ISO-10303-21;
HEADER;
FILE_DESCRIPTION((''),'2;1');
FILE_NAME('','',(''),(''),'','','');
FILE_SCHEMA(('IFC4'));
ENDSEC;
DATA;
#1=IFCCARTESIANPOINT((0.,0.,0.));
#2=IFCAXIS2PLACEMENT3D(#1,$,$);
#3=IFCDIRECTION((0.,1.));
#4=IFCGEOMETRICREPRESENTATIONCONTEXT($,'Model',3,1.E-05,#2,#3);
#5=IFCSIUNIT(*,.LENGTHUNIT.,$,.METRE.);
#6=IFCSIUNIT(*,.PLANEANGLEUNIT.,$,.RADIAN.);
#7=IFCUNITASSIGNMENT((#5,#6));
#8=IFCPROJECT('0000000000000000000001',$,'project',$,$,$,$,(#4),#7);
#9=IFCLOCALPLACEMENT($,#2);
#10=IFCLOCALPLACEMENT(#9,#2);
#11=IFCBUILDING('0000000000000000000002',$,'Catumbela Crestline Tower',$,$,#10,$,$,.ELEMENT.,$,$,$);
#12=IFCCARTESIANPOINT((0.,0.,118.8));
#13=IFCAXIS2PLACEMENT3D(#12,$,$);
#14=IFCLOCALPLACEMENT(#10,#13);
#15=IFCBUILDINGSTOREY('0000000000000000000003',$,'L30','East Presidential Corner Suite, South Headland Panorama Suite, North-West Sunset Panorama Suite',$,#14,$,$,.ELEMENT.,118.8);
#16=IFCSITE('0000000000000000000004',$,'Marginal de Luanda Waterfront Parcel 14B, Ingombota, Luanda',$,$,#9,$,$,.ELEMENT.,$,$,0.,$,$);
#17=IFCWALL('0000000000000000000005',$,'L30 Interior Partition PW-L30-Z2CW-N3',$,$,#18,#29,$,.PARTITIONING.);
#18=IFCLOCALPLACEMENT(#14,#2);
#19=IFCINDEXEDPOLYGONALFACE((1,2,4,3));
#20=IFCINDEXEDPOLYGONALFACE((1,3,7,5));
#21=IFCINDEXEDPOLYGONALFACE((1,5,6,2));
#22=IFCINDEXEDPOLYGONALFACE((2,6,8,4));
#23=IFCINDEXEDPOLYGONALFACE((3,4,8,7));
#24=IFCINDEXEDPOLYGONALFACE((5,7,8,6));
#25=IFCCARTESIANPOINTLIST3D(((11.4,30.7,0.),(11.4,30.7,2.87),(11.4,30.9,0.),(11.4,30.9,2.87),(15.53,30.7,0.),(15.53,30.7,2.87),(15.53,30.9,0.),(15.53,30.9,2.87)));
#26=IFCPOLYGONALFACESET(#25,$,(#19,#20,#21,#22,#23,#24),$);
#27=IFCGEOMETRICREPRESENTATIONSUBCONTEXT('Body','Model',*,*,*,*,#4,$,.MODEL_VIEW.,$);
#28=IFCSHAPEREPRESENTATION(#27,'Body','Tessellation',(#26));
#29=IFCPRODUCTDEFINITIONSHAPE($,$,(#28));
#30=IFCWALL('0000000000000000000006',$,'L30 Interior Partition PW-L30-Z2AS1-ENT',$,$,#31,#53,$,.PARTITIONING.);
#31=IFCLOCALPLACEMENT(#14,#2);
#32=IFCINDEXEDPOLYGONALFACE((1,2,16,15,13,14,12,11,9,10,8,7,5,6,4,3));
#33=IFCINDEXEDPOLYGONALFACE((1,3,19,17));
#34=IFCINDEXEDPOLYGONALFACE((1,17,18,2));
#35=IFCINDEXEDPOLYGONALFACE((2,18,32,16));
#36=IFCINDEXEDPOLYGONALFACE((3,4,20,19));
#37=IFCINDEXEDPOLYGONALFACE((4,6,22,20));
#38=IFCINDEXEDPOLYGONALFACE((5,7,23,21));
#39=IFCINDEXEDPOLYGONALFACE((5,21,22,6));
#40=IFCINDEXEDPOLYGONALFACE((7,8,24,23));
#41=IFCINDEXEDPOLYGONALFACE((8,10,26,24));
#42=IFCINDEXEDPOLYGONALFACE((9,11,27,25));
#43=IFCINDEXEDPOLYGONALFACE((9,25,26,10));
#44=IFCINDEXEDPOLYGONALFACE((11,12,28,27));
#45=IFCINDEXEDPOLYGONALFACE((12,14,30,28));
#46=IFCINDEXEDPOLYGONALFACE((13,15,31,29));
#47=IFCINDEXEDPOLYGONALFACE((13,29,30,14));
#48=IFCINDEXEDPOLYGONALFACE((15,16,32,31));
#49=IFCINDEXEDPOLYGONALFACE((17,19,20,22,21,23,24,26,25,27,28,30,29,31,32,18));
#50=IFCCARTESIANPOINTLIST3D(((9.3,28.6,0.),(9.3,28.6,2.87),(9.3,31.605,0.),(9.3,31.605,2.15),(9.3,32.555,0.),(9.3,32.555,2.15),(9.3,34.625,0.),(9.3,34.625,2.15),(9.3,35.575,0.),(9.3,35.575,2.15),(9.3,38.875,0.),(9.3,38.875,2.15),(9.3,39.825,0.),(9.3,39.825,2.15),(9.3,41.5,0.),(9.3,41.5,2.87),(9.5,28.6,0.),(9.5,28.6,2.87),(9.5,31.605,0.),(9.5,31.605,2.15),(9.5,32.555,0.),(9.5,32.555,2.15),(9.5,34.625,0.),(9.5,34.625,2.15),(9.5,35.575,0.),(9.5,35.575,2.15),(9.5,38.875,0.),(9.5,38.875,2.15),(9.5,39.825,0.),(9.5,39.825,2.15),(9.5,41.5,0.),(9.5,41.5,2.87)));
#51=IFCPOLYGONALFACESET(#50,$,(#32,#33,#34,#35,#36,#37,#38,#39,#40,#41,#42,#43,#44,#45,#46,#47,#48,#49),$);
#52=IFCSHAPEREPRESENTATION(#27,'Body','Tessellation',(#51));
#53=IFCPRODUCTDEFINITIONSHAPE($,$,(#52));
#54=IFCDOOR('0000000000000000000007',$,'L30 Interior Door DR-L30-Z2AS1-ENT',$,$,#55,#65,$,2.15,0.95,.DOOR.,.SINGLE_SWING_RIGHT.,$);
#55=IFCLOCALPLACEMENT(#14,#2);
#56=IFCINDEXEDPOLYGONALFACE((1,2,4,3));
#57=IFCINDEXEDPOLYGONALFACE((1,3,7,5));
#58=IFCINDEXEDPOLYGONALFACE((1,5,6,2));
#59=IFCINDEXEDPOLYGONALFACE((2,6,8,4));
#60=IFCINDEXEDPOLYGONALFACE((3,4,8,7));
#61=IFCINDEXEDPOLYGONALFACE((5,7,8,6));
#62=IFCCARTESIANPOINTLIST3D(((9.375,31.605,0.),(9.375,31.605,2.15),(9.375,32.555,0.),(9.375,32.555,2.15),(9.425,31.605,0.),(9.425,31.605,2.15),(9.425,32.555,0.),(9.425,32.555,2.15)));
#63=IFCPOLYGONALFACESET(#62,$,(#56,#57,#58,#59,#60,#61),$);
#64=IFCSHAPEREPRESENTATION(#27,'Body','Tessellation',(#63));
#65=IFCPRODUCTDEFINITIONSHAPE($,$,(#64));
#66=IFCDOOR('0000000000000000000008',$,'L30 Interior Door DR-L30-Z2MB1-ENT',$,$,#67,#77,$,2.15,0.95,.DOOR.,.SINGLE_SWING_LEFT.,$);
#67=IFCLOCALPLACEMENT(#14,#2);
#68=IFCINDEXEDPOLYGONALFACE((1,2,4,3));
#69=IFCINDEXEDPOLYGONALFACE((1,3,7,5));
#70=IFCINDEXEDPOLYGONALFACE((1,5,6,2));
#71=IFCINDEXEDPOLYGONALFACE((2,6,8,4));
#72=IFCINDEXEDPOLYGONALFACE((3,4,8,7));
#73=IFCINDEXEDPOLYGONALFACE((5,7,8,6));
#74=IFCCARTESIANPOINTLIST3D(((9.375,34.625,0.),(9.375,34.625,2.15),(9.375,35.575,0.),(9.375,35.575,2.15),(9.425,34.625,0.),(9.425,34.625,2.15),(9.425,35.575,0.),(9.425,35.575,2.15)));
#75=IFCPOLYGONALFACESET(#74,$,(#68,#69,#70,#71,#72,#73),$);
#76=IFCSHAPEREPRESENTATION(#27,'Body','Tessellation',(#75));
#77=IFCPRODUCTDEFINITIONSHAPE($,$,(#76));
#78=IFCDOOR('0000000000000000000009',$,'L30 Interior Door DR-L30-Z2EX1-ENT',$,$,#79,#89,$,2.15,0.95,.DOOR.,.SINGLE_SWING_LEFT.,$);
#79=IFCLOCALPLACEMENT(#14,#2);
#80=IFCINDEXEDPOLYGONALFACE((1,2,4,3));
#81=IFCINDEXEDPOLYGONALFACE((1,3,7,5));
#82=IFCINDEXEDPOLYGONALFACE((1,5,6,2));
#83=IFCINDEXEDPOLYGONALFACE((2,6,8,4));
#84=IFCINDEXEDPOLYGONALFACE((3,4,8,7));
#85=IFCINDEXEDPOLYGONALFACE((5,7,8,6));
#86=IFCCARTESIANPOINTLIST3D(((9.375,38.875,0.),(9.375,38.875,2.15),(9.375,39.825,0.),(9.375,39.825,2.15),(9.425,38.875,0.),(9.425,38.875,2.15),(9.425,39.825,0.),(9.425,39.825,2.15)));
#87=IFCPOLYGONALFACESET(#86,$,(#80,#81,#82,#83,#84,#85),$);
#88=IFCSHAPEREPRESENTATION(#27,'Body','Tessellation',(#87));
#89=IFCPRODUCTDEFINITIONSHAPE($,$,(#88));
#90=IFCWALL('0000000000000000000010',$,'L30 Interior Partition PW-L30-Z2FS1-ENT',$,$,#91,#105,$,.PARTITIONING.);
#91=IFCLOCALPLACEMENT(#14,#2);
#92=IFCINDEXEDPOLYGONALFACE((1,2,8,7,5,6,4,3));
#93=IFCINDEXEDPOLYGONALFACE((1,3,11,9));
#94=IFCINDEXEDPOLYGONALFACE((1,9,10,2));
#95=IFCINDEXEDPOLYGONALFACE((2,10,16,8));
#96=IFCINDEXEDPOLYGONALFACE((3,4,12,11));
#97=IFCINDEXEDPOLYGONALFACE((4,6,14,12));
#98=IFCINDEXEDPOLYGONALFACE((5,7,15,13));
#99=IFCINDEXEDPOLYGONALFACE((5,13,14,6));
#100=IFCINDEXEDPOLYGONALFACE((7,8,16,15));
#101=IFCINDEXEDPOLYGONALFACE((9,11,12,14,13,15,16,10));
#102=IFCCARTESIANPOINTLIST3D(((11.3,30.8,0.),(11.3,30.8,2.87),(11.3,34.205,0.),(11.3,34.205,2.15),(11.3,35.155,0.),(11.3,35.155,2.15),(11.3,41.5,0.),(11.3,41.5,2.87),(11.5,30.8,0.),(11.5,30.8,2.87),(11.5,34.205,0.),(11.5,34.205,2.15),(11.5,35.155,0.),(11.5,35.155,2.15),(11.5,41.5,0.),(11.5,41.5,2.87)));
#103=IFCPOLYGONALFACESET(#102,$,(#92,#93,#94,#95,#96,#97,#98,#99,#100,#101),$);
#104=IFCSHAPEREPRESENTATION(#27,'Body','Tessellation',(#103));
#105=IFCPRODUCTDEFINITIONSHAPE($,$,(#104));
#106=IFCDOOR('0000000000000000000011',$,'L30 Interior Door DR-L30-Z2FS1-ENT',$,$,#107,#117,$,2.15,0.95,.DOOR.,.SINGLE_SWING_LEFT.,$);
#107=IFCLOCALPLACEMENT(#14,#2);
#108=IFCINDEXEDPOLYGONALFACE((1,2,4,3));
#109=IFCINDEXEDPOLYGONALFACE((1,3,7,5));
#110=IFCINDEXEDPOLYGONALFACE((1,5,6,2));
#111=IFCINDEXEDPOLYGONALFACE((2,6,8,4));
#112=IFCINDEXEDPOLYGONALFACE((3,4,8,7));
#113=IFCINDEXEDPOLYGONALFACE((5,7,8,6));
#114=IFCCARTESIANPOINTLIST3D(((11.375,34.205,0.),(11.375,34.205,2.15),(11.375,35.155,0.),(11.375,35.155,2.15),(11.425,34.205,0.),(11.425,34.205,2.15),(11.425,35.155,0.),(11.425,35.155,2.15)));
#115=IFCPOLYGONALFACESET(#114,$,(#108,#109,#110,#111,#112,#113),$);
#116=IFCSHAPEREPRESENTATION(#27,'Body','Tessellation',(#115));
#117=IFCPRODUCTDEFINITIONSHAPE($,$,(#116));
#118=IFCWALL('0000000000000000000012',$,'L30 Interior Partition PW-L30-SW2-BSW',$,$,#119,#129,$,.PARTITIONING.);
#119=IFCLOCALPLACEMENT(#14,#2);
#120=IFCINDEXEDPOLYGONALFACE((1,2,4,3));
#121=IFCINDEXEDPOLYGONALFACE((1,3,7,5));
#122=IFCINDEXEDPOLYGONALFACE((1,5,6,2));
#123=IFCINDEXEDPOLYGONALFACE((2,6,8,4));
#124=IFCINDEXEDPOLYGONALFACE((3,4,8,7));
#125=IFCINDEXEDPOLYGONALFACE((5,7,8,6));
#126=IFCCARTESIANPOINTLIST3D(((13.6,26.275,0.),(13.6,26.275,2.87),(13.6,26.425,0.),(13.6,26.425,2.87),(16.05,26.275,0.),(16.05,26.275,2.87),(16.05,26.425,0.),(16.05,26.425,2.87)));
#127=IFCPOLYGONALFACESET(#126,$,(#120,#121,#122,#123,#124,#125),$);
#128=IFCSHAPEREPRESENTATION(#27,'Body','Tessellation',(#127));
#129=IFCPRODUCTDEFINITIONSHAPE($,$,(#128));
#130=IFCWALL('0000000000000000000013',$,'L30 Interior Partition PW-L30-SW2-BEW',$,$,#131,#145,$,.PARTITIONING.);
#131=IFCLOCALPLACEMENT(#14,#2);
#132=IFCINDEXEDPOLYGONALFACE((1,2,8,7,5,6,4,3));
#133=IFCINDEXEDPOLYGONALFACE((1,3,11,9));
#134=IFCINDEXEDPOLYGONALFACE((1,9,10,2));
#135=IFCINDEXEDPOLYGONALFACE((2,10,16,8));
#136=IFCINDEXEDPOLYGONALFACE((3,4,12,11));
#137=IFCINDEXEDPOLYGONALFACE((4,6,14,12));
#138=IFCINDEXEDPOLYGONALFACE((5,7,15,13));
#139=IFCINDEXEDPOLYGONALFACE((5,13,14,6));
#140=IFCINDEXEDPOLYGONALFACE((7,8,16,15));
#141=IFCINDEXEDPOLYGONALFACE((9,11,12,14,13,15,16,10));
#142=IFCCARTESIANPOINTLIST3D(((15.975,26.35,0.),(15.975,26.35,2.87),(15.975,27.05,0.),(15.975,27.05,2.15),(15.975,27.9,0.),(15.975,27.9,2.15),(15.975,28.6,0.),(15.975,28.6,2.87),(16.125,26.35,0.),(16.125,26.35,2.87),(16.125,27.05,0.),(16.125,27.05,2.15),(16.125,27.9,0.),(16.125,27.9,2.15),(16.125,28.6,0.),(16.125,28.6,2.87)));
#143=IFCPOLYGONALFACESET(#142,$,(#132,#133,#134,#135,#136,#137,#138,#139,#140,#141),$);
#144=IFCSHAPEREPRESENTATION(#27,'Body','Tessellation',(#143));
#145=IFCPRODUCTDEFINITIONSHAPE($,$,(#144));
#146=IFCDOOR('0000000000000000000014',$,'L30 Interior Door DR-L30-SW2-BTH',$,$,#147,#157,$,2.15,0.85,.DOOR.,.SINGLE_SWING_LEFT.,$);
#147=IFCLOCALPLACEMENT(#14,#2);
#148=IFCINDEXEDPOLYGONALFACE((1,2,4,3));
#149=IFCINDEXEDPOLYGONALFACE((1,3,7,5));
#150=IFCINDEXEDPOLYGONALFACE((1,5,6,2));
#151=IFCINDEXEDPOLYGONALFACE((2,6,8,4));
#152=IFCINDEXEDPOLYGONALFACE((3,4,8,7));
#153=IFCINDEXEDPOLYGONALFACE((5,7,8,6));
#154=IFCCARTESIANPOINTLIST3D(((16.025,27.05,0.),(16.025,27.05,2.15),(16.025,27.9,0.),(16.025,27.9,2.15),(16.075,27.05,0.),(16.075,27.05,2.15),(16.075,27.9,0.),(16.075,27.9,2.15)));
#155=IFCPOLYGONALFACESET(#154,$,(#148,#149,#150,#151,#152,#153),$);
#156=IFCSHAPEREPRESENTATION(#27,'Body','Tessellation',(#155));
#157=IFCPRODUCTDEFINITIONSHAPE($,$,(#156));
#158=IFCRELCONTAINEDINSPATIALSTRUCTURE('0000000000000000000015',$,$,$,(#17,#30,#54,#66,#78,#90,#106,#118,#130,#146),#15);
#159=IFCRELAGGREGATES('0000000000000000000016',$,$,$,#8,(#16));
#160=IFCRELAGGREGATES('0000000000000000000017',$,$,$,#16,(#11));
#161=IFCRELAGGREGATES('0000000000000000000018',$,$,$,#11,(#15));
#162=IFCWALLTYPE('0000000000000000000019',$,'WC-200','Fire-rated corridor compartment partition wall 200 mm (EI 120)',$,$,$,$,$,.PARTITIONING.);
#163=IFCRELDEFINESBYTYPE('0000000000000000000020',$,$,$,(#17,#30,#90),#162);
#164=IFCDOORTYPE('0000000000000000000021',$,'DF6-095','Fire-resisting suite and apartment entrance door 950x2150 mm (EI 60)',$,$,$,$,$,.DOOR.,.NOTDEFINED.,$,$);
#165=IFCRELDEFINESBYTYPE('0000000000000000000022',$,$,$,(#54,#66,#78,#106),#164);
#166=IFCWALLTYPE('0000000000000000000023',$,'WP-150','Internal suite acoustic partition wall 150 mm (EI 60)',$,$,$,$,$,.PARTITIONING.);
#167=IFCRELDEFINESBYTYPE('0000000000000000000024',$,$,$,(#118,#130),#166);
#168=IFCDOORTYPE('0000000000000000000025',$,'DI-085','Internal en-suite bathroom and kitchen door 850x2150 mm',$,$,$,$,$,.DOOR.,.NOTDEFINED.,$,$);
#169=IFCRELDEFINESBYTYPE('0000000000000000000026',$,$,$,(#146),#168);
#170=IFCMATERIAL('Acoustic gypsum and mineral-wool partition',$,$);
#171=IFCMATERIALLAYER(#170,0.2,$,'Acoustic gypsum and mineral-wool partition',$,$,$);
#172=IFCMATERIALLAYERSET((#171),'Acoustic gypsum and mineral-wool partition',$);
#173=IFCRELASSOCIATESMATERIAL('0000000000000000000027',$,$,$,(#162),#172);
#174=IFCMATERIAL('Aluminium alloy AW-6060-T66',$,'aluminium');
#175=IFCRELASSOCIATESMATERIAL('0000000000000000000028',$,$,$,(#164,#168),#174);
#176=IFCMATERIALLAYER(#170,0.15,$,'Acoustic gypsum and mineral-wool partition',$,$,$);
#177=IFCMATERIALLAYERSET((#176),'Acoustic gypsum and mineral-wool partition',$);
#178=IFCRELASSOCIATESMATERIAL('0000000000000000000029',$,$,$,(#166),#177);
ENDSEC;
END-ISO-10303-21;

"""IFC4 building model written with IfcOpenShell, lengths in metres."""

from ifc_helpers import new_model, si_unit, direction, frame, frame_2d, origin, place, context, subcontext, project, spatial, rectangle, extrude, material, layer, layer_set, type_object, element, fill, save


model = new_model("IFC4")

# Units and contexts
model_context = context("Model", 3, precision=1e-05, world=origin(), true_north=direction((0.0, 1.0)))
body_context = subcontext(model_context, "Body", "Model", "MODEL_VIEW")
ifc_project = project(units=[si_unit("LENGTHUNIT", "METRE"), si_unit("PLANEANGLEUNIT", "RADIAN")], contexts=[model_context])

# Site, building, storey
site_placement = place(None, origin())
site = spatial("IfcSite", under=ifc_project, at=site_placement, Name="Marginal de Luanda Waterfront Parcel 14B, Ingombota, Luanda", CompositionType="ELEMENT", RefElevation=0.0)
building_placement = place(site_placement, origin())
building = spatial("IfcBuilding", under=site, at=building_placement, Name="Catumbela Crestline Tower", CompositionType="ELEMENT")
storey_placement = place(building_placement, frame((0.0, 0.0, 118.8)))
storey = spatial("IfcBuildingStorey", under=building, at=storey_placement, Name="L30", Description="East Presidential Corner Suite, South Headland Panorama Suite, North-West Sunset Panorama Suite", CompositionType="ELEMENT", Elevation=118.8)

# Shared definitions
ifc_material_1 = material(Name="Acoustic gypsum and mineral-wool partition")
ifc_layer_1 = layer(ifc_material_1, 0.2, Name="Acoustic gypsum and mineral-wool partition")
ifc_layer_set_1 = layer_set([ifc_layer_1], Name="Acoustic gypsum and mineral-wool partition")
wall_type_1 = type_object("IfcWallType", Name="WC-200", Description="Fire-rated corridor compartment partition wall 200 mm (EI 120)", PredefinedType="PARTITIONING", material=ifc_layer_set_1)
ifc_material_2 = material(Name="Aluminium alloy AW-6060-T66", Category="aluminium")
door_type_1 = type_object("IfcDoorType", Name="DF6-095", Description="Fire-resisting suite and apartment entrance door 950x2150 mm (EI 60)", OperationType="NOTDEFINED", PredefinedType="DOOR", material=ifc_material_2)

# Wall
wall_1_placement = place(storey_placement, frame((11.4, 30.8, 0.0), z_axis=(0.0, 0.0, 1.0), x_axis=(1.0, 0.0, 0.0)))
element("IfcWall", 1, at=wall_1_placement, inside=storey, type_object=wall_type_1, Name="L30 Interior Partition PW-L30-Z2CW-N3", PredefinedType="PARTITIONING", context=body_context, shape_type="SweptSolid", body=[
    extrude(rectangle(XDim=4.13, YDim=0.2, at=frame_2d((2.065, 0.0))), origin(), (0.0, 0.0, 1.0), 2.87),
])

# Wall, openings, doors
wall_2_placement = place(storey_placement, frame((9.4, 28.6, 0.0), z_axis=(0.0, 0.0, 1.0), x_axis=(0.0, 1.0, 0.0)))
wall_2 = element("IfcWall", 2, at=wall_2_placement, inside=storey, type_object=wall_type_1, Name="L30 Interior Partition PW-L30-Z2AS1-ENT", PredefinedType="PARTITIONING", context=body_context, shape_type="SweptSolid", body=[
    extrude(rectangle(XDim=12.9, YDim=0.2, at=frame_2d((6.45, 0.0))), origin(), (0.0, 0.0, 1.0), 2.87),
])
opening_1_placement = place(wall_2_placement, frame((3.005, 0.0, 0.0)))
opening_1 = element("IfcOpeningElement", 3, at=opening_1_placement, cuts=wall_2, PredefinedType="OPENING", context=body_context, shape_type="SweptSolid", body=[
    extrude(rectangle(XDim=0.95, YDim=2.15, at=frame_2d((0.475, 1.075))), frame((0.0, 0.11, 0.0), z_axis=(0.0, -1.0, 0.0), x_axis=(1.0, 0.0, 0.0)), (0.0, 0.0, 1.0), 0.22),
])
opening_2_placement = place(wall_2_placement, frame((6.025, 0.0, 0.0)))
opening_2 = element("IfcOpeningElement", 4, at=opening_2_placement, cuts=wall_2, PredefinedType="OPENING", context=body_context, shape_type="SweptSolid", body=[
    extrude(rectangle(XDim=0.95, YDim=2.15, at=frame_2d((0.475, 1.075))), frame((0.0, 0.11, 0.0), z_axis=(0.0, -1.0, 0.0), x_axis=(1.0, 0.0, 0.0)), (0.0, 0.0, 1.0), 0.22),
])
opening_3_placement = place(wall_2_placement, frame((10.275, 0.0, 0.0)))
opening_3 = element("IfcOpeningElement", 5, at=opening_3_placement, cuts=wall_2, PredefinedType="OPENING", context=body_context, shape_type="SweptSolid", body=[
    extrude(rectangle(XDim=0.95, YDim=2.15, at=frame_2d((0.475, 1.075))), frame((0.0, 0.11, 0.0), z_axis=(0.0, -1.0, 0.0), x_axis=(1.0, 0.0, 0.0)), (0.0, 0.0, 1.0), 0.22),
])
door_1_placement = place(opening_1_placement, origin())
door_1 = element("IfcDoor", 6, at=door_1_placement, inside=storey, type_object=door_type_1, Name="L30 Interior Door DR-L30-Z2AS1-ENT", OperationType="SINGLE_SWING_RIGHT", OverallHeight=2.15, OverallWidth=0.95, PredefinedType="DOOR", context=body_context, shape_type="SweptSolid", body=[
    extrude(rectangle(XDim=0.95, YDim=2.15, at=frame_2d((0.475, 1.075))), frame((0.0, 0.025, 0.0), z_axis=(0.0, -1.0, 0.0), x_axis=(1.0, 0.0, 0.0)), (0.0, 0.0, 1.0), 0.05),
])
fill(opening_1, door_1)
door_2_placement = place(opening_2_placement, origin())
door_2 = element("IfcDoor", 7, at=door_2_placement, inside=storey, type_object=door_type_1, Name="L30 Interior Door DR-L30-Z2MB1-ENT", OperationType="SINGLE_SWING_LEFT", OverallHeight=2.15, OverallWidth=0.95, PredefinedType="DOOR", context=body_context, shape_type="SweptSolid", body=[
    extrude(rectangle(XDim=0.95, YDim=2.15, at=frame_2d((0.475, 1.075))), frame((0.0, 0.025, 0.0), z_axis=(0.0, -1.0, 0.0), x_axis=(1.0, 0.0, 0.0)), (0.0, 0.0, 1.0), 0.05),
])
fill(opening_2, door_2)
door_3_placement = place(opening_3_placement, origin())
door_3 = element("IfcDoor", 8, at=door_3_placement, inside=storey, type_object=door_type_1, Name="L30 Interior Door DR-L30-Z2EX1-ENT", OperationType="SINGLE_SWING_LEFT", OverallHeight=2.15, OverallWidth=0.95, PredefinedType="DOOR", context=body_context, shape_type="SweptSolid", body=[
    extrude(rectangle(XDim=0.95, YDim=2.15, at=frame_2d((0.475, 1.075))), frame((0.0, 0.025, 0.0), z_axis=(0.0, -1.0, 0.0), x_axis=(1.0, 0.0, 0.0)), (0.0, 0.0, 1.0), 0.05),
])
fill(opening_3, door_3)

# Wall, opening, door
wall_3_placement = place(storey_placement, frame((11.4, 30.8, 0.0), z_axis=(0.0, 0.0, 1.0), x_axis=(0.0, 1.0, 0.0)))
wall_3 = element("IfcWall", 9, at=wall_3_placement, inside=storey, type_object=wall_type_1, Name="L30 Interior Partition PW-L30-Z2FS1-ENT", PredefinedType="PARTITIONING", context=body_context, shape_type="SweptSolid", body=[
    extrude(rectangle(XDim=10.7, YDim=0.2, at=frame_2d((5.35, 0.0))), origin(), (0.0, 0.0, 1.0), 2.87),
])
opening_4_placement = place(wall_3_placement, frame((3.405, 0.0, 0.0)))
opening_4 = element("IfcOpeningElement", 10, at=opening_4_placement, cuts=wall_3, PredefinedType="OPENING", context=body_context, shape_type="SweptSolid", body=[
    extrude(rectangle(XDim=0.95, YDim=2.15, at=frame_2d((0.475, 1.075))), frame((0.0, 0.11, 0.0), z_axis=(0.0, -1.0, 0.0), x_axis=(1.0, 0.0, 0.0)), (0.0, 0.0, 1.0), 0.22),
])
door_4_placement = place(opening_4_placement, origin())
door_4 = element("IfcDoor", 11, at=door_4_placement, inside=storey, type_object=door_type_1, Name="L30 Interior Door DR-L30-Z2FS1-ENT", OperationType="SINGLE_SWING_LEFT", OverallHeight=2.15, OverallWidth=0.95, PredefinedType="DOOR", context=body_context, shape_type="SweptSolid", body=[
    extrude(rectangle(XDim=0.95, YDim=2.15, at=frame_2d((0.475, 1.075))), frame((0.0, 0.025, 0.0), z_axis=(0.0, -1.0, 0.0), x_axis=(1.0, 0.0, 0.0)), (0.0, 0.0, 1.0), 0.05),
])
fill(opening_4, door_4)

# Wall
ifc_layer_2 = layer(ifc_material_1, 0.15, Name="Acoustic gypsum and mineral-wool partition")
ifc_layer_set_2 = layer_set([ifc_layer_2], Name="Acoustic gypsum and mineral-wool partition")
wall_type_2 = type_object("IfcWallType", Name="WP-150", Description="Internal suite acoustic partition wall 150 mm (EI 60)", PredefinedType="PARTITIONING", material=ifc_layer_set_2)
wall_4_placement = place(storey_placement, frame((13.6, 26.35, 0.0), z_axis=(0.0, 0.0, 1.0), x_axis=(1.0, 0.0, 0.0)))
element("IfcWall", 12, at=wall_4_placement, inside=storey, type_object=wall_type_2, Name="L30 Interior Partition PW-L30-SW2-BSW", PredefinedType="PARTITIONING", context=body_context, shape_type="SweptSolid", body=[
    extrude(rectangle(XDim=2.45, YDim=0.15, at=frame_2d((1.225, 0.0))), origin(), (0.0, 0.0, 1.0), 2.87),
])

# Wall, opening, door
wall_5_placement = place(storey_placement, frame((16.05, 26.35, 0.0), z_axis=(0.0, 0.0, 1.0), x_axis=(0.0, 1.0, 0.0)))
wall_5 = element("IfcWall", 13, at=wall_5_placement, inside=storey, type_object=wall_type_2, Name="L30 Interior Partition PW-L30-SW2-BEW", PredefinedType="PARTITIONING", context=body_context, shape_type="SweptSolid", body=[
    extrude(rectangle(XDim=2.25, YDim=0.15, at=frame_2d((1.125, 0.0))), origin(), (0.0, 0.0, 1.0), 2.87),
])
opening_5_placement = place(wall_5_placement, frame((0.7, 0.0, 0.0)))
opening_5 = element("IfcOpeningElement", 14, at=opening_5_placement, cuts=wall_5, PredefinedType="OPENING", context=body_context, shape_type="SweptSolid", body=[
    extrude(rectangle(XDim=0.85, YDim=2.15, at=frame_2d((0.425, 1.075))), frame((0.0, 0.085, 0.0), z_axis=(0.0, -1.0, 0.0), x_axis=(1.0, 0.0, 0.0)), (0.0, 0.0, 1.0), 0.17),
])
door_type_2 = type_object("IfcDoorType", Name="DI-085", Description="Internal en-suite bathroom and kitchen door 850x2150 mm", OperationType="NOTDEFINED", PredefinedType="DOOR", material=ifc_material_2)
door_5_placement = place(opening_5_placement, origin())
door_5 = element("IfcDoor", 15, at=door_5_placement, inside=storey, type_object=door_type_2, Name="L30 Interior Door DR-L30-SW2-BTH", OperationType="SINGLE_SWING_LEFT", OverallHeight=2.15, OverallWidth=0.85, PredefinedType="DOOR", context=body_context, shape_type="SweptSolid", body=[
    extrude(rectangle(XDim=0.85, YDim=2.15, at=frame_2d((0.425, 1.075))), frame((0.0, 0.025, 0.0), z_axis=(0.0, -1.0, 0.0), x_axis=(1.0, 0.0, 0.0)), (0.0, 0.0, 1.0), 0.05),
])
fill(opening_5, door_5)

save(model, "model.ifc")
